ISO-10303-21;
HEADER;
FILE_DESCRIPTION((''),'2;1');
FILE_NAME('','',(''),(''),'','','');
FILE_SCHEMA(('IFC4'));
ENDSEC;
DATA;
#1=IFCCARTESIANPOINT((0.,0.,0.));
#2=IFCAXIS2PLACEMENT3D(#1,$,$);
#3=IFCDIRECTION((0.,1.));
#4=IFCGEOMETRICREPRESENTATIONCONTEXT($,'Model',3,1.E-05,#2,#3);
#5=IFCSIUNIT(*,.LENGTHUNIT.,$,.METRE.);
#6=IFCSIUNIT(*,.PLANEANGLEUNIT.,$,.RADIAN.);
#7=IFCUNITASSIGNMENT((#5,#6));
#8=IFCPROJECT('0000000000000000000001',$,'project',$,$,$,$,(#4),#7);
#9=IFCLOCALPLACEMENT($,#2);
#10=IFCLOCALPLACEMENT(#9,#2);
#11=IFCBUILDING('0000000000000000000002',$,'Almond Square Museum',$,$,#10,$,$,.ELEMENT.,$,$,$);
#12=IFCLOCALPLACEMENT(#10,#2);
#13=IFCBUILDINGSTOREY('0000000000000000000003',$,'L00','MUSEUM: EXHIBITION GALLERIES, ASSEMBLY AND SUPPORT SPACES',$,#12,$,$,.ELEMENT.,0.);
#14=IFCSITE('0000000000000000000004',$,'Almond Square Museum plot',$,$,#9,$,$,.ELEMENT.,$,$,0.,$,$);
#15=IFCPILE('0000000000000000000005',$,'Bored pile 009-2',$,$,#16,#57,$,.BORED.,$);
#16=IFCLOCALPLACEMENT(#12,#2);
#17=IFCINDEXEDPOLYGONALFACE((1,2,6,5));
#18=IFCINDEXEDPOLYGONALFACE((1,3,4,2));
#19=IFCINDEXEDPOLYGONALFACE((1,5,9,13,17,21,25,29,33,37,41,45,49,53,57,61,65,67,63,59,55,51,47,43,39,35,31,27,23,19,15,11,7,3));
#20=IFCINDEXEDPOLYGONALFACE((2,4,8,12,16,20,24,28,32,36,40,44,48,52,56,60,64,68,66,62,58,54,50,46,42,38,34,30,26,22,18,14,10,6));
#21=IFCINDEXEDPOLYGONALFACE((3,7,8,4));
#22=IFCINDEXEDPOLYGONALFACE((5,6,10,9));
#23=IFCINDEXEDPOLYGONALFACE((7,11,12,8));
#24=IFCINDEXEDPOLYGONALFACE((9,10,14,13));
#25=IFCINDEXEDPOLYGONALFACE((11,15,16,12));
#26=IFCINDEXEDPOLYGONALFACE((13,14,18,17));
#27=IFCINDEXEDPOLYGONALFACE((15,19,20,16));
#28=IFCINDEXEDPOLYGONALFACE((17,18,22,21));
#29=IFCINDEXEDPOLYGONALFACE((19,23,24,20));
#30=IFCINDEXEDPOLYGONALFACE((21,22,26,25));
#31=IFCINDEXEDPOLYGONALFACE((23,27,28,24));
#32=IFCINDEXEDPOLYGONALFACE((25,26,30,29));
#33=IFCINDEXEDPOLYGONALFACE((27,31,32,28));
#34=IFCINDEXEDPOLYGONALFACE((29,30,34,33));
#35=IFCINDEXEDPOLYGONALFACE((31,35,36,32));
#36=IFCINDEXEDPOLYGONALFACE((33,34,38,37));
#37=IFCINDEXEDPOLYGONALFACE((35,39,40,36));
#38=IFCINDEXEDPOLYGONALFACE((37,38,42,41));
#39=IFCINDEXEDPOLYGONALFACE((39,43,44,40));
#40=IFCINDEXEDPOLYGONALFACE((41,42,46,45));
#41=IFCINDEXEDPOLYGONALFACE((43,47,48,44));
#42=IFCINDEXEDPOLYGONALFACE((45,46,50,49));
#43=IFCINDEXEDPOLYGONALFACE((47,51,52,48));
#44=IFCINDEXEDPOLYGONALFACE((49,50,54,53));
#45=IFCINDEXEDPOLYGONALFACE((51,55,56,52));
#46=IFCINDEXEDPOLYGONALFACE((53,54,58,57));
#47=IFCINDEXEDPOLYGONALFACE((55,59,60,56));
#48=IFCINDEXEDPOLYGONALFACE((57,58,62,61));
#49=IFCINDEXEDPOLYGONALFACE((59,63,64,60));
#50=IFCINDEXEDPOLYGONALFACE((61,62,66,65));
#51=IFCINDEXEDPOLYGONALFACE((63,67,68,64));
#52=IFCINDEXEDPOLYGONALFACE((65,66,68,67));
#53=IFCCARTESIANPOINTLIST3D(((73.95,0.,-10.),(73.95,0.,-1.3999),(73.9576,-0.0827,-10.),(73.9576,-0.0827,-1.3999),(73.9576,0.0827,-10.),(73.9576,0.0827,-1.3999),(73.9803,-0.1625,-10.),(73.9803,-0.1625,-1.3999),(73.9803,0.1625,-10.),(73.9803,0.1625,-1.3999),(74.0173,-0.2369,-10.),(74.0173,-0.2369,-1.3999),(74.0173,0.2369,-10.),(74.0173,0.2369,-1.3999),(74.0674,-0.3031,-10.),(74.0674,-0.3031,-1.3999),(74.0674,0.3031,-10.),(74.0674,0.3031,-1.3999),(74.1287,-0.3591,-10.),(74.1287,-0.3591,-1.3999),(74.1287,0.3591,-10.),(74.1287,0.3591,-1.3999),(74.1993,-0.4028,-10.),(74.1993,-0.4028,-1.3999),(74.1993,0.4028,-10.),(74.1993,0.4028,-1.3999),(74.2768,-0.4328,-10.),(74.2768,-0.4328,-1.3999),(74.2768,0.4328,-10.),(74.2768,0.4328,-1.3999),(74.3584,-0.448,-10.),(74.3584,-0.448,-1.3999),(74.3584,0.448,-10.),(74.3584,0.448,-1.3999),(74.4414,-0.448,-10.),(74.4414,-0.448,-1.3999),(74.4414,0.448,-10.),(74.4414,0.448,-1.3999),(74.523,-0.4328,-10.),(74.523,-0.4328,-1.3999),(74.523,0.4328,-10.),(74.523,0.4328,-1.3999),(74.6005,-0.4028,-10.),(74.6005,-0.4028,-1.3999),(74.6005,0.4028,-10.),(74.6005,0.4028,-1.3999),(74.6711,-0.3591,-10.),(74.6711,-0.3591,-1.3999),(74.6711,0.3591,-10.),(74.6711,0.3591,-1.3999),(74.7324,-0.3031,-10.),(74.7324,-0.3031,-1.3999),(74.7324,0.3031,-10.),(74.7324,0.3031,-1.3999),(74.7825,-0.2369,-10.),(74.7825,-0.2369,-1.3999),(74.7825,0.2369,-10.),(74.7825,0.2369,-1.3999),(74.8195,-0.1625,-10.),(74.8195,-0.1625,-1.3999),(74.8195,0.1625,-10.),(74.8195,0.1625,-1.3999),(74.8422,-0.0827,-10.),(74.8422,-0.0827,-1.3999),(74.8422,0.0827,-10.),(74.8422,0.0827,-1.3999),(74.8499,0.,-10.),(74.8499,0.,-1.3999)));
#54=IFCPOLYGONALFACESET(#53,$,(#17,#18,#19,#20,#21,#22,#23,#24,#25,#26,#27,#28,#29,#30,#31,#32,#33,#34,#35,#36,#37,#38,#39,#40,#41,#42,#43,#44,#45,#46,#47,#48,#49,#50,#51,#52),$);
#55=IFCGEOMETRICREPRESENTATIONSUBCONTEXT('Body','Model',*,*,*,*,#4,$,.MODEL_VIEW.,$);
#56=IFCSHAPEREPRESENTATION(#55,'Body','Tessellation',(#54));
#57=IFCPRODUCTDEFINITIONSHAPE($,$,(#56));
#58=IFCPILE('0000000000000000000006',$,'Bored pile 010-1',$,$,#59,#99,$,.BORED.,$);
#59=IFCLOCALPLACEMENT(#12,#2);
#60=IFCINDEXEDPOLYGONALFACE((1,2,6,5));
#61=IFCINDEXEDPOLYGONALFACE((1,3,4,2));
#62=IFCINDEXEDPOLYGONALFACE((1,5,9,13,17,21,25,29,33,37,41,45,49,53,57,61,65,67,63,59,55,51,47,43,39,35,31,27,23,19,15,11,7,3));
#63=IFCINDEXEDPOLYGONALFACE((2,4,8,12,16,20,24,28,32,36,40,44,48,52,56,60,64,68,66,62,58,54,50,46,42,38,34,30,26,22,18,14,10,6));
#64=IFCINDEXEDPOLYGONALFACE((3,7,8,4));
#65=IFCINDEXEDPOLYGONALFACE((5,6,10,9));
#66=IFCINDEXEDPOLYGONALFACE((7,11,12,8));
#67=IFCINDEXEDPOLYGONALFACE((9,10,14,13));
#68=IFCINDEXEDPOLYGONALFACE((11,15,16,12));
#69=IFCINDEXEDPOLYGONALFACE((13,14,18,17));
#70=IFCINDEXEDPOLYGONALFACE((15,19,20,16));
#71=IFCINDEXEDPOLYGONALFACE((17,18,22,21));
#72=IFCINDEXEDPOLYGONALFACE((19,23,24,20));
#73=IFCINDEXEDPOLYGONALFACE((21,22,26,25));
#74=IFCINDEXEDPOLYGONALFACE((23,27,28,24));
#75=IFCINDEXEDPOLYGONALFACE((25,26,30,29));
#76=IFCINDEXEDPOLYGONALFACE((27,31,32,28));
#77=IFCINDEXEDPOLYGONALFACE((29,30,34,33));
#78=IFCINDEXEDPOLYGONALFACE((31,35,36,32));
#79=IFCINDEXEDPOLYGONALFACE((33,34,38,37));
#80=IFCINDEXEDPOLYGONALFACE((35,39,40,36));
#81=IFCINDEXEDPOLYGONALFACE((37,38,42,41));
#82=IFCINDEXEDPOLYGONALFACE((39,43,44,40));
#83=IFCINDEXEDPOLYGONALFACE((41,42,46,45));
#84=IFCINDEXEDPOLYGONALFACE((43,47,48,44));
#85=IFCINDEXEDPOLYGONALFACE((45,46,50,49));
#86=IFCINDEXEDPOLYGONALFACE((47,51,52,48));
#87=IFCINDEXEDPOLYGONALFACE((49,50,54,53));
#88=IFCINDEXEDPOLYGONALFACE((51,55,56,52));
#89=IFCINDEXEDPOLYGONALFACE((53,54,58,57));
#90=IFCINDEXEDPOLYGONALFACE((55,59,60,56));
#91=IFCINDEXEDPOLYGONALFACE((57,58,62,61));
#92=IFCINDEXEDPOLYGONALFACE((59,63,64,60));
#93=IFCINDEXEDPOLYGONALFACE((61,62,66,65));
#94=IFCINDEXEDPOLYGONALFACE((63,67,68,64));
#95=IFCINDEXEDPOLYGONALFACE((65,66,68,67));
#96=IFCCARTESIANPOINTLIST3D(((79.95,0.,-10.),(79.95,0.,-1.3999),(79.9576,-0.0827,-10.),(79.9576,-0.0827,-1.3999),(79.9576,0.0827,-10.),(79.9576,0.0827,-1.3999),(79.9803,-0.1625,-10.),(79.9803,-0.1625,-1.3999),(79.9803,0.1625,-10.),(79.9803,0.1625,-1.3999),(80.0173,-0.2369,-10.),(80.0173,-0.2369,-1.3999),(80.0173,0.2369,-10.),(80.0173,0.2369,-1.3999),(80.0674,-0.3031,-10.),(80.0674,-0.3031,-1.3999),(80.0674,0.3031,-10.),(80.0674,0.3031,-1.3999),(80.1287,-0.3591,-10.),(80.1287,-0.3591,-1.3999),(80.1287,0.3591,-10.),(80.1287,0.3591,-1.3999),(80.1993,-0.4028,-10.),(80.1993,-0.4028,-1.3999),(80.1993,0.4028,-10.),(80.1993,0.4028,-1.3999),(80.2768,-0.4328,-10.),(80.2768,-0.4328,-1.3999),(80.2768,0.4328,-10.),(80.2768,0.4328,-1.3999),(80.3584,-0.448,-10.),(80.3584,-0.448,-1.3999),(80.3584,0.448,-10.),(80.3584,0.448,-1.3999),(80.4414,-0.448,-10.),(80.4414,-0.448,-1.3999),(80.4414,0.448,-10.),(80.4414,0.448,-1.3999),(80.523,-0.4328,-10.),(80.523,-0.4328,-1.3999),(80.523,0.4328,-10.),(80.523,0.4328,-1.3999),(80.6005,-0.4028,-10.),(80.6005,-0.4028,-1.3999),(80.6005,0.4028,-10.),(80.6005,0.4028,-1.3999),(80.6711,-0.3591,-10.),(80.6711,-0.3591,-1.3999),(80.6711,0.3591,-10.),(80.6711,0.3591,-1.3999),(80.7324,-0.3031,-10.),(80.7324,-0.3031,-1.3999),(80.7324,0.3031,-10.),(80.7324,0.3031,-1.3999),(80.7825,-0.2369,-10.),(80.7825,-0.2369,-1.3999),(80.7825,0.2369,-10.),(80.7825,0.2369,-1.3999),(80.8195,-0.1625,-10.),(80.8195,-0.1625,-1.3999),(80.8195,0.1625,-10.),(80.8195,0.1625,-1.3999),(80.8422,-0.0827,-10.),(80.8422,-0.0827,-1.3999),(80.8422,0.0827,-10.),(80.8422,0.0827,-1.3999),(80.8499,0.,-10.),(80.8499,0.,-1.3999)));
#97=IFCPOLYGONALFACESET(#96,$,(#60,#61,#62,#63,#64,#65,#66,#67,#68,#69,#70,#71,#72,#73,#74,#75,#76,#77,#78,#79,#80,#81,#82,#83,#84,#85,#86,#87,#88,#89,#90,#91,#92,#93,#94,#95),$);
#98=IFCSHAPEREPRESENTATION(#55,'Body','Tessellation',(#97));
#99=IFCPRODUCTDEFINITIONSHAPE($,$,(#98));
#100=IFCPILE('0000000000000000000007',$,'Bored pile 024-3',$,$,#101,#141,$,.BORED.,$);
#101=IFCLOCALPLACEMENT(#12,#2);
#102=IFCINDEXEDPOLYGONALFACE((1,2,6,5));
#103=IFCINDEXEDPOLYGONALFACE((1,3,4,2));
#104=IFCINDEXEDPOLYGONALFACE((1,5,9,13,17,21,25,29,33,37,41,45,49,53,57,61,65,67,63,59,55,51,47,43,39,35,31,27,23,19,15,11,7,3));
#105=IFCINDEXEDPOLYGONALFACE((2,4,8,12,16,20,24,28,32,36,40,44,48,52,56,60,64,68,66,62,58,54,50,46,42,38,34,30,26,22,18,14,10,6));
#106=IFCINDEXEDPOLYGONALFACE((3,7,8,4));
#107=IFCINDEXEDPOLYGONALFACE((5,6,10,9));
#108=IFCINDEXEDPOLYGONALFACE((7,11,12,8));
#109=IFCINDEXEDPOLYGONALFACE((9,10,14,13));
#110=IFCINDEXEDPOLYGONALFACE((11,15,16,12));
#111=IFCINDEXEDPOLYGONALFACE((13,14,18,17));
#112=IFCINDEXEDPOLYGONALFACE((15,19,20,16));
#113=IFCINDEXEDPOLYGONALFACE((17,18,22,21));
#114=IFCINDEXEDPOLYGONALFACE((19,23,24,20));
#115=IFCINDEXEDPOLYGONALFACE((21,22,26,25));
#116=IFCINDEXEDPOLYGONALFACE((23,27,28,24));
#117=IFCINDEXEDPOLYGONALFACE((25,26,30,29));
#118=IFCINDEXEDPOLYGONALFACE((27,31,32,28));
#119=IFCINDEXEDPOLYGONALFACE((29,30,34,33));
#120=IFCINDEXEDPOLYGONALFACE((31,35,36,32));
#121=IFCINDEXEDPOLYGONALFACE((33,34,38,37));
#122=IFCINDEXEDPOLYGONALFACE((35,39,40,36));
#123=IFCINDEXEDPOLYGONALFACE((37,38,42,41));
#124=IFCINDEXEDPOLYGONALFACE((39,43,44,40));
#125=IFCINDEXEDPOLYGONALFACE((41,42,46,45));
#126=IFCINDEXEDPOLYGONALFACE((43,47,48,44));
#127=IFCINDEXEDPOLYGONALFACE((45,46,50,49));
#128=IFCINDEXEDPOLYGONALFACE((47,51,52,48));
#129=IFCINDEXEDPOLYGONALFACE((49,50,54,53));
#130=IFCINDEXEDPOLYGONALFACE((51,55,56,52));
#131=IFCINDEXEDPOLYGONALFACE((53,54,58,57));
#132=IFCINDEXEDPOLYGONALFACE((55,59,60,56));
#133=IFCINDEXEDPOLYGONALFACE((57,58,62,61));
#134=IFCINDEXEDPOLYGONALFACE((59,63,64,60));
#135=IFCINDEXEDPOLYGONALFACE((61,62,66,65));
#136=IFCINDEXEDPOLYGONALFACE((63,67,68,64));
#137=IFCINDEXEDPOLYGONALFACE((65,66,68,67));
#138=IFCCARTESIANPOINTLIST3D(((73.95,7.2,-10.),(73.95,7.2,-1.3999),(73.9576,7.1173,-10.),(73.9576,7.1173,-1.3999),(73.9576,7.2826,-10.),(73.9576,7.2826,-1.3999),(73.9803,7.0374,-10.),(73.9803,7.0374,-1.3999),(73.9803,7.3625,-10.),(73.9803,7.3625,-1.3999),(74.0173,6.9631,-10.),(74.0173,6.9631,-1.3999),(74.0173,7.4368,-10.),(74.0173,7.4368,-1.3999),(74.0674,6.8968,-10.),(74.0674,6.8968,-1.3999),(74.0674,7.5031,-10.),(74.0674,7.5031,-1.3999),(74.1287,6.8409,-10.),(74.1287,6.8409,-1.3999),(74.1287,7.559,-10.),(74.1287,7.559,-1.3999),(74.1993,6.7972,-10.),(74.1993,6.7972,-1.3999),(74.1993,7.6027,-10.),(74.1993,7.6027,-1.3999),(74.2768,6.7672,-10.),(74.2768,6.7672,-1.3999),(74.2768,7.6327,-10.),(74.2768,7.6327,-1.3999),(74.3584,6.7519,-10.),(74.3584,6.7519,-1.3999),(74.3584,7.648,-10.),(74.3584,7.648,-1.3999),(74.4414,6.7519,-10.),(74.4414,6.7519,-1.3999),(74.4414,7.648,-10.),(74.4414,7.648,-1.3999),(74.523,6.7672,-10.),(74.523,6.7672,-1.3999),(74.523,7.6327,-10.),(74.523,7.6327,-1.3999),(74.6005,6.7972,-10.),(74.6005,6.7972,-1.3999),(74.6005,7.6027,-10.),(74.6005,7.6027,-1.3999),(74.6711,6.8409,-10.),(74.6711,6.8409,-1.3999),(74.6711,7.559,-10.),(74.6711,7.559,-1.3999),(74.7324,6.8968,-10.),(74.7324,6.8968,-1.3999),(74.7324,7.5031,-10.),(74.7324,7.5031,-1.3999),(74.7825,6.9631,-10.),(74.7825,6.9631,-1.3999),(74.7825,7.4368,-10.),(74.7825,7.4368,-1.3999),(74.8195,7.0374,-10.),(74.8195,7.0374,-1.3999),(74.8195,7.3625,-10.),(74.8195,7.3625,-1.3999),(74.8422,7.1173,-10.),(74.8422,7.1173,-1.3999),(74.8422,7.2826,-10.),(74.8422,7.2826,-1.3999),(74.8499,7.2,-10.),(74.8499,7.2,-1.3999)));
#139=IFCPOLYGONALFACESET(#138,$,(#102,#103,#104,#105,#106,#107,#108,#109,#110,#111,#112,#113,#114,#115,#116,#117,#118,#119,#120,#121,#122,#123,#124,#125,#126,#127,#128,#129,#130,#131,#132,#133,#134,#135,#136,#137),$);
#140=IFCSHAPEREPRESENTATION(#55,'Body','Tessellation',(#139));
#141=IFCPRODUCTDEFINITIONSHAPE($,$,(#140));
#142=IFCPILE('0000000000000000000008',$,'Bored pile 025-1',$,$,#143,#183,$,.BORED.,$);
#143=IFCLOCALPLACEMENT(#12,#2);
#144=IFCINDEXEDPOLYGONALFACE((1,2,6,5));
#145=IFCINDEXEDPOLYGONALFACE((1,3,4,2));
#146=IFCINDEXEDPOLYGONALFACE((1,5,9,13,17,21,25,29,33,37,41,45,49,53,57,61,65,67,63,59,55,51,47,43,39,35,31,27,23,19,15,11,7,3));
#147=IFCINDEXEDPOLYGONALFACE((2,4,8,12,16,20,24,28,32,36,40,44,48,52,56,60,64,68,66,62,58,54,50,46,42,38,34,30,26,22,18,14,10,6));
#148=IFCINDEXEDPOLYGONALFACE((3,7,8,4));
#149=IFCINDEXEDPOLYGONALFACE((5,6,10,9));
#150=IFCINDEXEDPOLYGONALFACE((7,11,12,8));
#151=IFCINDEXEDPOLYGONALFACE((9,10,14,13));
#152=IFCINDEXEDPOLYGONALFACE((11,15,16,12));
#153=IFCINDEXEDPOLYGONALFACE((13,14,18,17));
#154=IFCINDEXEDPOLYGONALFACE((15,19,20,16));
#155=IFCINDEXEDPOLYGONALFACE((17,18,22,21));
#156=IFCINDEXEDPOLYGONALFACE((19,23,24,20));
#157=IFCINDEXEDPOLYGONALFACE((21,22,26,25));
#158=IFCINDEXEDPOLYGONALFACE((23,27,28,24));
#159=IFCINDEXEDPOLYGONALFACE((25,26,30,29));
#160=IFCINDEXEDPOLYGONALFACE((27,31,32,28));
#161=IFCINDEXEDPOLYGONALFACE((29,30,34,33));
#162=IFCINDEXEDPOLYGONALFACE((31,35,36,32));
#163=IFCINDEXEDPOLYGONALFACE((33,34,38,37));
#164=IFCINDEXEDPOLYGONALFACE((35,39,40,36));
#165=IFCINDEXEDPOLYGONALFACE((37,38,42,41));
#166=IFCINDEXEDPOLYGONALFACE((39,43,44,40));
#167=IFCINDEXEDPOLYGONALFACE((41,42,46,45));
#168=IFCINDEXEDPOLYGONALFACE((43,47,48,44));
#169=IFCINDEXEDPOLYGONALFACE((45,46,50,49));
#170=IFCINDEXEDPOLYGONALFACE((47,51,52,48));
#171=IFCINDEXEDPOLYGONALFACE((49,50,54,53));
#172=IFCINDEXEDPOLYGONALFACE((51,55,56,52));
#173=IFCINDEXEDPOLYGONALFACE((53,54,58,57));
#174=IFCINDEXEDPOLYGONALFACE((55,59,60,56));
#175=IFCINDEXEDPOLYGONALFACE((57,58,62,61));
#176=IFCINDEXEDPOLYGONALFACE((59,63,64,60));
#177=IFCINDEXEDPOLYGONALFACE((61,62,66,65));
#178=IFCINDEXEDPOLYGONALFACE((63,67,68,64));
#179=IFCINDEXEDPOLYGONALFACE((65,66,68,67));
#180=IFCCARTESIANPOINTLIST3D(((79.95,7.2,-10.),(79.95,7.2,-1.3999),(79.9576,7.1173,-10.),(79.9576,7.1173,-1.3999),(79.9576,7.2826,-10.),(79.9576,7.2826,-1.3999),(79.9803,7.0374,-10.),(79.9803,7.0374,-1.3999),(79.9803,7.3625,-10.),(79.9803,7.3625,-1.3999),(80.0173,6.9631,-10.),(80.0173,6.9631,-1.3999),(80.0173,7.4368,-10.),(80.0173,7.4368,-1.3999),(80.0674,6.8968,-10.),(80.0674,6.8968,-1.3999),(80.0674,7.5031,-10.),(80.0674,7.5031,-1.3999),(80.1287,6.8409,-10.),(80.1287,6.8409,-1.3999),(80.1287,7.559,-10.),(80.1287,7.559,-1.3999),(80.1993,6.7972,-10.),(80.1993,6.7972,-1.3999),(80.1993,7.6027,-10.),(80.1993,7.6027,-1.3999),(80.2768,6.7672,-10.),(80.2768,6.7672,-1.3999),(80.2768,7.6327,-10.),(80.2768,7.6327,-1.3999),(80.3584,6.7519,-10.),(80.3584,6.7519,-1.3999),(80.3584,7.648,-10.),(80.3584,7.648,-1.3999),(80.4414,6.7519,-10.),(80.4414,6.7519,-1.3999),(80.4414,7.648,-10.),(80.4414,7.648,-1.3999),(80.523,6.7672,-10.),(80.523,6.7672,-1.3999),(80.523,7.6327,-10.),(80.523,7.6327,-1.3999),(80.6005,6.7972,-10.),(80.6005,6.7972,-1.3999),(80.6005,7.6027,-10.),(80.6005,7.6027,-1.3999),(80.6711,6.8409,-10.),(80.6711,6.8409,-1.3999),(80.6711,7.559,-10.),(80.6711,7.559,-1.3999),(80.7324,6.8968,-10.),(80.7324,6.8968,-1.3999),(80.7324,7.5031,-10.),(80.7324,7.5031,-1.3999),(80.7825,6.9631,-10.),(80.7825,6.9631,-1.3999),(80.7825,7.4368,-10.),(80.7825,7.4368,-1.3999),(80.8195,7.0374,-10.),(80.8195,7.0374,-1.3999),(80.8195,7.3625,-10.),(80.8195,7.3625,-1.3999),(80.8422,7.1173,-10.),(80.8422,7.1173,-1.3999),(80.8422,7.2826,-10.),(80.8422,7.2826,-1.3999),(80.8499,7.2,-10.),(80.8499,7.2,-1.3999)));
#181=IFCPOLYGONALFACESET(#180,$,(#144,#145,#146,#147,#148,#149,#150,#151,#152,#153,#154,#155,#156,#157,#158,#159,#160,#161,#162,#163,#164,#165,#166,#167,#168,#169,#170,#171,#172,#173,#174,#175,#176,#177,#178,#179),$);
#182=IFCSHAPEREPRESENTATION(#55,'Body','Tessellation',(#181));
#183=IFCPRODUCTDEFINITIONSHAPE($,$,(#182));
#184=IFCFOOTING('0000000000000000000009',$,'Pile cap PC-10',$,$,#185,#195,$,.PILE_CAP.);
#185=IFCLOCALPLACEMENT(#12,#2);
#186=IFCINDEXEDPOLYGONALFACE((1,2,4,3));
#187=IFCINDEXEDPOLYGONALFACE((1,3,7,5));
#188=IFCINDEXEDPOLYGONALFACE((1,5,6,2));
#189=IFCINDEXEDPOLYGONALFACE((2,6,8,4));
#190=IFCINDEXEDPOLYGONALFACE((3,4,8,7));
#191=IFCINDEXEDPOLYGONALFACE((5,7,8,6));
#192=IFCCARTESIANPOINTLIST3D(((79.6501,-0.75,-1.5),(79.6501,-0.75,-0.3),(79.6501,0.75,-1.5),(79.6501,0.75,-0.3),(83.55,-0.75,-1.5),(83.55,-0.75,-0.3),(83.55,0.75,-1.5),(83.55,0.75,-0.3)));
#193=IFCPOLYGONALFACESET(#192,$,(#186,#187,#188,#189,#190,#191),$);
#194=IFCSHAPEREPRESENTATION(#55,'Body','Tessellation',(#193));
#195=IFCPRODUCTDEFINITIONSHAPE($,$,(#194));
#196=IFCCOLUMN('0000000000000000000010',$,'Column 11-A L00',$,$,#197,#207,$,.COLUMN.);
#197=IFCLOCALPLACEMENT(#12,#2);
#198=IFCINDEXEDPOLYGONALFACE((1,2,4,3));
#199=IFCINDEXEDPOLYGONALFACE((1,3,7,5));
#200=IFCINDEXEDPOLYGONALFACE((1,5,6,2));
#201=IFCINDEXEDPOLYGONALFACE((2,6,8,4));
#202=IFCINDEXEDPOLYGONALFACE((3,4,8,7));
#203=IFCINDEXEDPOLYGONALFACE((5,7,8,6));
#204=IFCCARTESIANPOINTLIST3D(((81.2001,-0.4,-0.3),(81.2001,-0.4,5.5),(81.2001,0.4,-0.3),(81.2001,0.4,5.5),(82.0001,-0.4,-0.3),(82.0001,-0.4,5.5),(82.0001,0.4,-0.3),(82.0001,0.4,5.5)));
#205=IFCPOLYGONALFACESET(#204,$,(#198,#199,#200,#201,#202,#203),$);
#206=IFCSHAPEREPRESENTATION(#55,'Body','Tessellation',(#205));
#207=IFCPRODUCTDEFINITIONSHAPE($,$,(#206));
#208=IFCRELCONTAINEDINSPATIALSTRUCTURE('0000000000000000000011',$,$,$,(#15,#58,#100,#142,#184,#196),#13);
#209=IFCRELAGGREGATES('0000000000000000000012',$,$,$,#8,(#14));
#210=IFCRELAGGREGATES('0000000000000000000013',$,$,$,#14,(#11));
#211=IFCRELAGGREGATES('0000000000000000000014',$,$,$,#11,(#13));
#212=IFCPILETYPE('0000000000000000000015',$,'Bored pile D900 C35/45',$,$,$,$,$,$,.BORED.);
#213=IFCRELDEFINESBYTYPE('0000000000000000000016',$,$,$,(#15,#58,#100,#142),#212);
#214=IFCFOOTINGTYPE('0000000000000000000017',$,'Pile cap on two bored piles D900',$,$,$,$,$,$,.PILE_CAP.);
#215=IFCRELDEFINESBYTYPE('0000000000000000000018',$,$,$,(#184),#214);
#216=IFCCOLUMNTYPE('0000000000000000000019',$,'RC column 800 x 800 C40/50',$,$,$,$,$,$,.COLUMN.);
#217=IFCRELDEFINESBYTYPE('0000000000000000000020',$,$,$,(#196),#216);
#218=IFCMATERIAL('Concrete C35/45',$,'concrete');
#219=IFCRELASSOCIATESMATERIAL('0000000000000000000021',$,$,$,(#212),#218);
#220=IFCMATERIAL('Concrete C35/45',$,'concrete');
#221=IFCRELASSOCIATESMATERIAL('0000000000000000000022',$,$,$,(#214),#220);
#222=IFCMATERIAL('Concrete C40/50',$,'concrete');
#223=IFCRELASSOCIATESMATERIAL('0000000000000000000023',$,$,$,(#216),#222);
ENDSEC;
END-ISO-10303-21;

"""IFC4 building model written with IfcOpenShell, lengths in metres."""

from ifc_helpers import new_model, si_unit, direction, frame, origin, origin_2d, place, context, subcontext, project, spatial, rectangle, circle, extrude, material, material_profile, profile_set, type_object, element, save


model = new_model("IFC4")

# Units and contexts
model_context = context("Model", 3, precision=1e-05, world=origin(), true_north=direction((0.0, 1.0)))
body_context = subcontext(model_context, "Body", "Model", "MODEL_VIEW")
ifc_project = project(units=[si_unit("LENGTHUNIT", "METRE"), si_unit("PLANEANGLEUNIT", "RADIAN")], contexts=[model_context])

# Site, building, storey
site_placement = place(None, origin())
site = spatial("IfcSite", under=ifc_project, at=site_placement, Name="Almond Square Museum plot", CompositionType="ELEMENT", RefElevation=0.0)
building_placement = place(site_placement, origin())
building = spatial("IfcBuilding", under=site, at=building_placement, Name="Almond Square Museum", CompositionType="ELEMENT")
storey_placement = place(building_placement, origin())
storey = spatial("IfcBuildingStorey", under=building, at=storey_placement, Name="L00", Description="MUSEUM: EXHIBITION GALLERIES, ASSEMBLY AND SUPPORT SPACES", CompositionType="ELEMENT", Elevation=0.0)

# Piles
ifc_material_1 = material(Name="Concrete C35/45", Category="concrete")
ifc_material_profile_1 = material_profile(ifc_material_1, circle(Radius=0.45, at=origin_2d()))
ifc_profile_set_1 = profile_set([ifc_material_profile_1], Name="Concrete C35/45")
pile_type = type_object("IfcPileType", Name="Bored pile D900 C35/45", PredefinedType="BORED", material=ifc_profile_set_1)
for number, where, z_axis, x_axis, name in (
    (1, (74.3999, 0.0, -1.3999), (0.0, 0.0, -1.0), (1.0, 0.0, 0.0), "Bored pile 009-2"),
    (2, (80.3999, 0.0, -1.3999), (0.0, 0.0, -1.0), (1.0, 0.0, 0.0), "Bored pile 010-1"),
    (3, (74.3999, 7.2, -1.3999), (0.0, 0.0, -1.0), (1.0, 0.0, 0.0), "Bored pile 024-3"),
    (4, (80.3999, 7.2, -1.3999), (0.0, 0.0, -1.0), (1.0, 0.0, 0.0), "Bored pile 025-1"),
):
    element("IfcPile", number, at=place(storey_placement, frame(where, z_axis=z_axis, x_axis=x_axis)), inside=storey, type_object=pile_type, Name=name, PredefinedType="BORED", context=body_context, shape_type="SweptSolid", body=[
        extrude(circle(Radius=0.45, at=origin_2d()), origin(), (0.0, 0.0, 1.0), 8.6001),
    ])

# Footing
ifc_material_2 = material(Name="Concrete C35/45", Category="concrete")
footing_type = type_object("IfcFootingType", Name="Pile cap on two bored piles D900", PredefinedType="PILE_CAP", material=ifc_material_2)
footing_placement = place(storey_placement, frame((81.6001, 0.0, -1.5), z_axis=(0.0, 0.0, 1.0), x_axis=(1.0, 0.0, 0.0)))
element("IfcFooting", 5, at=footing_placement, inside=storey, type_object=footing_type, Name="Pile cap PC-10", PredefinedType="PILE_CAP", context=body_context, shape_type="SweptSolid", body=[
    extrude(rectangle(XDim=3.8999, YDim=1.5, at=origin_2d()), origin(), (0.0, 0.0, 1.0), 1.2),
])

# Column
ifc_material_3 = material(Name="Concrete C40/50", Category="concrete")
ifc_material_profile_2 = material_profile(ifc_material_3, rectangle(XDim=0.8, YDim=0.8, at=origin_2d()))
ifc_profile_set_2 = profile_set([ifc_material_profile_2], Name="Concrete C40/50")
column_type = type_object("IfcColumnType", Name="RC column 800 x 800 C40/50", PredefinedType="COLUMN", material=ifc_profile_set_2)
column_placement = place(storey_placement, frame((81.6001, 0.0, -0.3), z_axis=(0.0, 0.0, 1.0), x_axis=(1.0, 0.0, 0.0)))
element("IfcColumn", 6, at=column_placement, inside=storey, type_object=column_type, Name="Column 11-A L00", PredefinedType="COLUMN", context=body_context, shape_type="SweptSolid", body=[
    extrude(rectangle(XDim=0.8, YDim=0.8, at=origin_2d()), origin(), (0.0, 0.0, 1.0), 5.8),
])

save(model, "model.ifc")
